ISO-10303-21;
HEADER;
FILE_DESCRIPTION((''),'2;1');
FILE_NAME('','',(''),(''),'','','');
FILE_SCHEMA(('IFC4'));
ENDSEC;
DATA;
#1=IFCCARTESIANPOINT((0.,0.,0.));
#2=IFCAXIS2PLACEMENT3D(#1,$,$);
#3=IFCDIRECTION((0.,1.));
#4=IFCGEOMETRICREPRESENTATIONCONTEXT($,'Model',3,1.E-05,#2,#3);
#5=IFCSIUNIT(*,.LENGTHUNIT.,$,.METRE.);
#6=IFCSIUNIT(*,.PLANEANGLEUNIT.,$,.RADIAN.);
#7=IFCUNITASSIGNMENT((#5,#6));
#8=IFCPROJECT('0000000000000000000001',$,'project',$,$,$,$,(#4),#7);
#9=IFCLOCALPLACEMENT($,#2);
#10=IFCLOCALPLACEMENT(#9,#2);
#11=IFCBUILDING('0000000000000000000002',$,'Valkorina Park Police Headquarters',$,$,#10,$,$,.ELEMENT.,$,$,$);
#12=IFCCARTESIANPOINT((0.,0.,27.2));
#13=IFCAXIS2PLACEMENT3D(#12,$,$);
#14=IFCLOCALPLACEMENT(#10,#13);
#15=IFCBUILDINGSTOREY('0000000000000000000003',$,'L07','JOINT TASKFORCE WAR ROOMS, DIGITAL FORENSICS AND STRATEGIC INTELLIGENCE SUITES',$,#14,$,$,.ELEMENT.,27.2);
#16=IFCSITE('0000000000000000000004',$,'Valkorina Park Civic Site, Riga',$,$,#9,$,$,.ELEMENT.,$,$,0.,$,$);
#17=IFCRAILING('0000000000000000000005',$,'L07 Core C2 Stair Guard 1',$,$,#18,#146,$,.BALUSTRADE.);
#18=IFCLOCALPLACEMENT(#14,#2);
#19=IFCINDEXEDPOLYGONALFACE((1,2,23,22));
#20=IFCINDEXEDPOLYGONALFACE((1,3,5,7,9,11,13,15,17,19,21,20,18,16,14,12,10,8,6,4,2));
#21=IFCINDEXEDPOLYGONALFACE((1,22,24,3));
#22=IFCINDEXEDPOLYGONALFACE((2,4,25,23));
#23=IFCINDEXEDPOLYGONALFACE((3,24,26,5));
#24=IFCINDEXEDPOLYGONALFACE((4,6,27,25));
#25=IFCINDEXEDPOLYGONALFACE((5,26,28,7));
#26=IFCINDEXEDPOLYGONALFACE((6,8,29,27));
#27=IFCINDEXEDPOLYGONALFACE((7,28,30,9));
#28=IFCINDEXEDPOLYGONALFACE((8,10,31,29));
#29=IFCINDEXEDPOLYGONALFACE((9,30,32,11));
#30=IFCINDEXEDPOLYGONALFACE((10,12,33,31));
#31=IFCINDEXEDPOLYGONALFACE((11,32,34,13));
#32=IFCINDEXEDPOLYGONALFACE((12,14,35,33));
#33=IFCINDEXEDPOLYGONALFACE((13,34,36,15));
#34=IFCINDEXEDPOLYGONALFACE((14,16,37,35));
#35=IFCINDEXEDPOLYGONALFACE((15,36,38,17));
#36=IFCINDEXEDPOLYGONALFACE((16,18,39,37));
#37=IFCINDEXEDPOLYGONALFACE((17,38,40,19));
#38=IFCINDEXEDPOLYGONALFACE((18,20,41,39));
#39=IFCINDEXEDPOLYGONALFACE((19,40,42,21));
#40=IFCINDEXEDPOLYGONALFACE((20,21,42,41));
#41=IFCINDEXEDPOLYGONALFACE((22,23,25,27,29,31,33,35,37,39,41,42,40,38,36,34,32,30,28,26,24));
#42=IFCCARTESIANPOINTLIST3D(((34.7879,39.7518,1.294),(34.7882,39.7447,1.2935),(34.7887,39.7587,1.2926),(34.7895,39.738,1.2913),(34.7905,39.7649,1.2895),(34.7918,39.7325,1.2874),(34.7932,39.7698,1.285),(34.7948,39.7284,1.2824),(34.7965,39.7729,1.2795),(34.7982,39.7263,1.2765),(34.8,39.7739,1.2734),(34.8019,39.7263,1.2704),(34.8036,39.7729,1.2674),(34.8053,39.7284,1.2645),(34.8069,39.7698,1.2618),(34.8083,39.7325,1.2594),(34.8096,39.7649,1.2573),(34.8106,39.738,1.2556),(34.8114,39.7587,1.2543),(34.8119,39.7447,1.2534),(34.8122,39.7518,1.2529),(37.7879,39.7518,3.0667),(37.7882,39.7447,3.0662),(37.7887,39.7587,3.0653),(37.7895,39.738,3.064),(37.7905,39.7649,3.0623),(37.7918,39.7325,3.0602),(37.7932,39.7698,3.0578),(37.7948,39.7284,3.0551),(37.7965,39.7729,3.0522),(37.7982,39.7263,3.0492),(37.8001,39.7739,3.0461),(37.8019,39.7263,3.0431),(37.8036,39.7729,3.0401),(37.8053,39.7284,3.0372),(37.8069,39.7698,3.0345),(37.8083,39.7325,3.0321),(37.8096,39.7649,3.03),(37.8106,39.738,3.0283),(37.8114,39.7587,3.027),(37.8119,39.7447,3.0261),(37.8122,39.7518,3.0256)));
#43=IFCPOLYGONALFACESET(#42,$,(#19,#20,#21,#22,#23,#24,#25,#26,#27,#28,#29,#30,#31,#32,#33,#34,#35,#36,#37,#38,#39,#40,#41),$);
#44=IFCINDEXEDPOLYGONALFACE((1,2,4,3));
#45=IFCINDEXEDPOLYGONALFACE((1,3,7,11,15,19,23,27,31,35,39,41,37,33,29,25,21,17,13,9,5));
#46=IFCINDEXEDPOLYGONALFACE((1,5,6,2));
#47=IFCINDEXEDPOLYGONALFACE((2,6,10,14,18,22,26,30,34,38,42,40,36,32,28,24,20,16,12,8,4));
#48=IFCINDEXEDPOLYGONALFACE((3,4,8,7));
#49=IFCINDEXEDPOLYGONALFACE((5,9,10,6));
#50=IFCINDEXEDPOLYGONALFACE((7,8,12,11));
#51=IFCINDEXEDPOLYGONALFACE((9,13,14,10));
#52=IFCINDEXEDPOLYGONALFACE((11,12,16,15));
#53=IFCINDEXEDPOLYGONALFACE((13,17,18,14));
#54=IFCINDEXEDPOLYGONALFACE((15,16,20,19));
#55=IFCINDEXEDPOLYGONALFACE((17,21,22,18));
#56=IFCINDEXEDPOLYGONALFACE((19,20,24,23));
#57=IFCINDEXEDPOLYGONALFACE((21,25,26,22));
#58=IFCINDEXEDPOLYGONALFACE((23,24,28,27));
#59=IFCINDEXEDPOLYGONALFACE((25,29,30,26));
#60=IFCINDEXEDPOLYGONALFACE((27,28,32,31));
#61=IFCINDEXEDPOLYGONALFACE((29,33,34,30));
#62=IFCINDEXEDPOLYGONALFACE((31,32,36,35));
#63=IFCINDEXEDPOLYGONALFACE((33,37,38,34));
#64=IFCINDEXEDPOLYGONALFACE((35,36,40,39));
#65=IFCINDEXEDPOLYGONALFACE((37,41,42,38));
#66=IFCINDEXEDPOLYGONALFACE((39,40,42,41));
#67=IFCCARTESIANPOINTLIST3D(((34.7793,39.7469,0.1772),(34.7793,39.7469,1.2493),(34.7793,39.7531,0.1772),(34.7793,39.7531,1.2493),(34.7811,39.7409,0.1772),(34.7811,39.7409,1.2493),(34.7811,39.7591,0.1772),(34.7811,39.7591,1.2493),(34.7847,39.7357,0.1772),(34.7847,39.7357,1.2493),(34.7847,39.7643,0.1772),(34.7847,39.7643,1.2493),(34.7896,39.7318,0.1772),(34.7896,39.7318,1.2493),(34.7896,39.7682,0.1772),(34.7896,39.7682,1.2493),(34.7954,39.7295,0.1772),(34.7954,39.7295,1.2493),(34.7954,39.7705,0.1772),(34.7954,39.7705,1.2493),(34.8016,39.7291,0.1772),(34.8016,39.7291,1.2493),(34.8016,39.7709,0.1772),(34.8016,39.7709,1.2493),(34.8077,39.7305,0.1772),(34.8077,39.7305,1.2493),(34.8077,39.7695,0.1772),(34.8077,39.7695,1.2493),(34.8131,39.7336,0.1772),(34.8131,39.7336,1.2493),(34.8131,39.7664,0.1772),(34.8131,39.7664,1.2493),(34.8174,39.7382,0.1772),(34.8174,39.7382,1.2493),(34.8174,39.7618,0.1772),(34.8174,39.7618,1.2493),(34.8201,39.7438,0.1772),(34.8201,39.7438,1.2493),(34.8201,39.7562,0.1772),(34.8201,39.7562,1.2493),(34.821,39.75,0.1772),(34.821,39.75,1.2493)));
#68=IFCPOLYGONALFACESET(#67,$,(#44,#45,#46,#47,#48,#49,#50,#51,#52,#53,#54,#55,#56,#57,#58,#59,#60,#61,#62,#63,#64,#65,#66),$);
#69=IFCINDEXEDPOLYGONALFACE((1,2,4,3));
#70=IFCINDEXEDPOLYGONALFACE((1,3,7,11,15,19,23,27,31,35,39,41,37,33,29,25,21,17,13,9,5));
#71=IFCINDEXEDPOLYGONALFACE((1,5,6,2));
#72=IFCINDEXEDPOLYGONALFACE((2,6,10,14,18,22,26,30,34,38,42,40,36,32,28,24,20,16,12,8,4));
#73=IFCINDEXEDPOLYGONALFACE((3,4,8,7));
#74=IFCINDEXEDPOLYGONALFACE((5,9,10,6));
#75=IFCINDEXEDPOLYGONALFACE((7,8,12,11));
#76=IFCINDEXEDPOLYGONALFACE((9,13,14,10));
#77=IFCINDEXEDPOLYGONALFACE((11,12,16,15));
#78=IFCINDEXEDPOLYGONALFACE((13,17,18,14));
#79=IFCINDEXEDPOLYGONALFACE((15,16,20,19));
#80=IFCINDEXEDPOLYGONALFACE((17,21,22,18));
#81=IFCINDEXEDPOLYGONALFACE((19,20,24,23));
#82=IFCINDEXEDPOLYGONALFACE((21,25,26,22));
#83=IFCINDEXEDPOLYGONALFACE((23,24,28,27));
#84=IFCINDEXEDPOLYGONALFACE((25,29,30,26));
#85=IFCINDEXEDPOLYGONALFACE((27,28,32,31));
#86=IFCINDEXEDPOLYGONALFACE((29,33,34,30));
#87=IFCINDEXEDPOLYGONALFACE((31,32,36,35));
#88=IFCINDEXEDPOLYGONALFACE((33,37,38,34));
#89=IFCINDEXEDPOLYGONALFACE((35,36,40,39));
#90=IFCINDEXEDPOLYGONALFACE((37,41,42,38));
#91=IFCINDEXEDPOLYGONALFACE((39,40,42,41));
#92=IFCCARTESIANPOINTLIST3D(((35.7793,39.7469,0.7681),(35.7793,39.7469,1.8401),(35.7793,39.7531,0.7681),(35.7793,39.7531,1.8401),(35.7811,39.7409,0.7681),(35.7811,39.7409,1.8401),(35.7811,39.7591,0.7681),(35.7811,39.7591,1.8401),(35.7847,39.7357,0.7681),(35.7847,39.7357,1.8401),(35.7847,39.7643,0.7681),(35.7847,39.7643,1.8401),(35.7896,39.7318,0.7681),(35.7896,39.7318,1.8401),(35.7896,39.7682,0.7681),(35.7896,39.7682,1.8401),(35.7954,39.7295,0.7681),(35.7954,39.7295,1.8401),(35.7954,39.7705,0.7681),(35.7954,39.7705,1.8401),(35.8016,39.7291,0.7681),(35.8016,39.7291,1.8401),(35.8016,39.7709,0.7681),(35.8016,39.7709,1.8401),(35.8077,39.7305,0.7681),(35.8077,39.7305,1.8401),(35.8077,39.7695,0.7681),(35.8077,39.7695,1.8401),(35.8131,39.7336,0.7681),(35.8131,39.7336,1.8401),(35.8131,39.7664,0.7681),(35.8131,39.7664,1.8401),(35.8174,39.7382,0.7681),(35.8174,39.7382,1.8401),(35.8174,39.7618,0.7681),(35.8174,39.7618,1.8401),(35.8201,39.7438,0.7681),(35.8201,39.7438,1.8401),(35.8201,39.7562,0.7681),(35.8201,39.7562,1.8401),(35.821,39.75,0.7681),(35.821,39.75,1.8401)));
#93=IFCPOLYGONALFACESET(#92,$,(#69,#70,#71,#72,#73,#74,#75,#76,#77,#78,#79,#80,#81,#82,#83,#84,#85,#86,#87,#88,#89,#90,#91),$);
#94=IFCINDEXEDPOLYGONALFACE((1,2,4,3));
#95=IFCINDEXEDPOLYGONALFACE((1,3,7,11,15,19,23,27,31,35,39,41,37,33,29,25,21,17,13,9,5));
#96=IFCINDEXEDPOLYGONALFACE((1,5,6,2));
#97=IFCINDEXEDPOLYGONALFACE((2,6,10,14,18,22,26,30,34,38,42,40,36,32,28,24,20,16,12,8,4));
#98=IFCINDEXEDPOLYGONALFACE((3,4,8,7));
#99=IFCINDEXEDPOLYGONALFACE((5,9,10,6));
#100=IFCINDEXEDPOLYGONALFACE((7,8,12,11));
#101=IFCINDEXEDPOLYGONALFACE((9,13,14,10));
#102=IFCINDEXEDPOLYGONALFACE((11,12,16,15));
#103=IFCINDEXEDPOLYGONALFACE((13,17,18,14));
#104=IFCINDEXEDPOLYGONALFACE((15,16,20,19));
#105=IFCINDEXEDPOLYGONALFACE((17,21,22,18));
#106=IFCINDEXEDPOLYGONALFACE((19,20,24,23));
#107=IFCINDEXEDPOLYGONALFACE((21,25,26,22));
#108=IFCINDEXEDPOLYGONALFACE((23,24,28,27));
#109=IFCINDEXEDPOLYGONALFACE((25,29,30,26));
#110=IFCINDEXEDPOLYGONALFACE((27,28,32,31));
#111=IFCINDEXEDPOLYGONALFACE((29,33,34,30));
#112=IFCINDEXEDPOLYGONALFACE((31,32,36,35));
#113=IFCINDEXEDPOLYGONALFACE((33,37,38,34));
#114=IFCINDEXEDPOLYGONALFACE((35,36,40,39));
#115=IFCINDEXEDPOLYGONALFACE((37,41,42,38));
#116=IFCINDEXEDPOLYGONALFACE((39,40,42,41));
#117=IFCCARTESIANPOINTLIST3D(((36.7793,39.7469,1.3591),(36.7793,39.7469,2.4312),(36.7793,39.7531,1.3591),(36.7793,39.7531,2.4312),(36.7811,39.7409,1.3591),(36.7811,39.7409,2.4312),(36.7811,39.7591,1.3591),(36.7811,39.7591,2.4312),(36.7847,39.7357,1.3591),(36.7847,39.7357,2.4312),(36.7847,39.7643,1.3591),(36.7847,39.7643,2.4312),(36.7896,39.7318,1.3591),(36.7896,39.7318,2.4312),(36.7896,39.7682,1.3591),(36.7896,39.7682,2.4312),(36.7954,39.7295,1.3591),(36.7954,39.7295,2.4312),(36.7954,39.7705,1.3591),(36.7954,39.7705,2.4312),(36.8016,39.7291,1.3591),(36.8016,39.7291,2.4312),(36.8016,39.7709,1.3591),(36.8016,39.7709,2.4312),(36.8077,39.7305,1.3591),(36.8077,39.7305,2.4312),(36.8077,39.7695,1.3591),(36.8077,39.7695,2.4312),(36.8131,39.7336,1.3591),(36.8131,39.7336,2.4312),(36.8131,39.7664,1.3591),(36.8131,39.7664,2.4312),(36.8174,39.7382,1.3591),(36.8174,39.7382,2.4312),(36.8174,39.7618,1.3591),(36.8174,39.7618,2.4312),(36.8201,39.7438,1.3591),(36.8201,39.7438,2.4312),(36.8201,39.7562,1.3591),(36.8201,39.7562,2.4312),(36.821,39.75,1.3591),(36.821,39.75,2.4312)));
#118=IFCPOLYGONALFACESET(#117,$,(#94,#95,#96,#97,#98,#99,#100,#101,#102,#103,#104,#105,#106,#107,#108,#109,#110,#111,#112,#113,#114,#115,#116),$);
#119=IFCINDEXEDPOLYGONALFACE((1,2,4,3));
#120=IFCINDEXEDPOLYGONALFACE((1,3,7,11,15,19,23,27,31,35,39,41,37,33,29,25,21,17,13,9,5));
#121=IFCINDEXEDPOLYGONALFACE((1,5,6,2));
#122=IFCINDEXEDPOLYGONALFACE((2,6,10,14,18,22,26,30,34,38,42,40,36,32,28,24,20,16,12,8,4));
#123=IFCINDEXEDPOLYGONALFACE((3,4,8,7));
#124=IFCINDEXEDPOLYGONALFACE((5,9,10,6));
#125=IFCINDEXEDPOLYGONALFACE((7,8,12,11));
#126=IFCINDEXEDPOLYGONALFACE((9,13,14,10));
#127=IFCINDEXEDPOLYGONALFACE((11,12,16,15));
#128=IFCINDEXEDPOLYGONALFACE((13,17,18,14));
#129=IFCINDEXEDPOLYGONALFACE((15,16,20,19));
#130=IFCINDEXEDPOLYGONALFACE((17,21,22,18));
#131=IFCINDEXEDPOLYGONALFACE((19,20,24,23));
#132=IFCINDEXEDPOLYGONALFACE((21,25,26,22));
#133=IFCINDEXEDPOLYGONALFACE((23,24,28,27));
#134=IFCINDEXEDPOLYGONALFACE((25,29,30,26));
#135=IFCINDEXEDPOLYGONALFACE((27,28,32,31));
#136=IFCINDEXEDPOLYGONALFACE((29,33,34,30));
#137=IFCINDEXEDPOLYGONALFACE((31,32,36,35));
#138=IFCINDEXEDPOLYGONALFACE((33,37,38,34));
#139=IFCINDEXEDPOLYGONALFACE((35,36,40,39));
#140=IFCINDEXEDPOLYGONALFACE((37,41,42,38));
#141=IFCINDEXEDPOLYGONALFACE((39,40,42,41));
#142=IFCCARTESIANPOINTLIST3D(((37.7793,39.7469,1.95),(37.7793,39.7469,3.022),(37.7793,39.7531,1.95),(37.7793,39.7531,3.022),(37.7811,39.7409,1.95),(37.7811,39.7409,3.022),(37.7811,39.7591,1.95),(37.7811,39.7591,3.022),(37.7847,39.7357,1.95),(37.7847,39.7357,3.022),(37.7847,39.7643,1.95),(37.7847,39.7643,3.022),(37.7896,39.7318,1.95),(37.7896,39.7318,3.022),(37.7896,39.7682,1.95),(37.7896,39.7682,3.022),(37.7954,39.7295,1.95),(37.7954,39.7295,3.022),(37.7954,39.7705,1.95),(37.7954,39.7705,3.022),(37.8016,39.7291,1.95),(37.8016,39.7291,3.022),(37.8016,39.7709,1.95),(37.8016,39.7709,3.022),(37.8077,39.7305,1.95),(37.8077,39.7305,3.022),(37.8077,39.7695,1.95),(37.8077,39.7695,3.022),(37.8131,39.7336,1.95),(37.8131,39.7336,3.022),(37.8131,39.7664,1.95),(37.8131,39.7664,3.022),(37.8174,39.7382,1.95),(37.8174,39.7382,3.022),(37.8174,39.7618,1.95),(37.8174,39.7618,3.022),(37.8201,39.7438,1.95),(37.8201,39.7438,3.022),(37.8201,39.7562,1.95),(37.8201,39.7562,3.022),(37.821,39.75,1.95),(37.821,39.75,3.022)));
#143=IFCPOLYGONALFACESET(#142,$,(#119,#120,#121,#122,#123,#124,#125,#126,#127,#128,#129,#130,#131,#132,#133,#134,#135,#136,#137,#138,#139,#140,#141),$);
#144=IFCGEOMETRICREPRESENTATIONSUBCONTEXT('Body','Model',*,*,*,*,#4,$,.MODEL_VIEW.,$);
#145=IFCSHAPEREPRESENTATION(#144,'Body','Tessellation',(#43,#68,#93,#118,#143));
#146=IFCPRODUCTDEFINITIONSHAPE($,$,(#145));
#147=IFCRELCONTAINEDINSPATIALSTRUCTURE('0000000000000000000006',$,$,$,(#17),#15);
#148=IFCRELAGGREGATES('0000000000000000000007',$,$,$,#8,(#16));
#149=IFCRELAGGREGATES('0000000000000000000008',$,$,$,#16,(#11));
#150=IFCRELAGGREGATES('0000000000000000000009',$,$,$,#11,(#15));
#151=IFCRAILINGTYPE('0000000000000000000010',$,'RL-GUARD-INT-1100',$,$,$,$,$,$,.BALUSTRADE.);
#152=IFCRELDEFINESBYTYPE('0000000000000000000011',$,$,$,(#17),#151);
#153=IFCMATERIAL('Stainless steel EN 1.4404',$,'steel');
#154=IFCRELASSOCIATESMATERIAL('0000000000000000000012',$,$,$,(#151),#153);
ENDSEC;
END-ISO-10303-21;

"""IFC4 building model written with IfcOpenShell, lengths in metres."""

from ifc_helpers import new_model, si_unit, direction, frame, origin, origin_2d, place, context, subcontext, project, spatial, circle, extrude, material, type_object, element, save


model = new_model("IFC4")

# Units and contexts
model_context = context("Model", 3, precision=1e-05, world=origin(), true_north=direction((0.0, 1.0)))
body_context = subcontext(model_context, "Body", "Model", "MODEL_VIEW")
ifc_project = project(units=[si_unit("LENGTHUNIT", "METRE"), si_unit("PLANEANGLEUNIT", "RADIAN")], contexts=[model_context])

# Site, building, storey
site_placement = place(None, origin())
site = spatial("IfcSite", under=ifc_project, at=site_placement, Name="Valkorina Park Civic Site, Riga", CompositionType="ELEMENT", RefElevation=0.0)
building_placement = place(site_placement, origin())
building = spatial("IfcBuilding", under=site, at=building_placement, Name="Valkorina Park Police Headquarters", CompositionType="ELEMENT")
storey_placement = place(building_placement, frame((0.0, 0.0, 27.2)))
storey = spatial("IfcBuildingStorey", under=building, at=storey_placement, Name="L07", Description="JOINT TASKFORCE WAR ROOMS, DIGITAL FORENSICS AND STRATEGIC INTELLIGENCE SUITES", CompositionType="ELEMENT", Elevation=27.2)

# Railing
ifc_material_1 = material(Name="Stainless steel EN 1.4404", Category="steel")
railing_type_1 = type_object("IfcRailingType", Name="RL-GUARD-INT-1100", PredefinedType="BALUSTRADE", material=ifc_material_1)
railing_1_placement = place(storey_placement, frame((34.8, 39.75, 0.1772)))
element("IfcRailing", 1, at=railing_1_placement, inside=storey, type_object=railing_type_1, Name="L07 Core C2 Stair Guard 1", PredefinedType="BALUSTRADE", context=body_context, shape_type="SweptSolid", body=[
    extrude(circle(Radius=0.0239, at=origin_2d()), frame((0.0, 0.0, 1.0962), z_axis=(0.860929, 0.0, 0.508725), x_axis=(0.0, 1.0, 0.0)), (0.0, 0.0, 1.0), 3.4846),
    extrude(circle(Radius=0.021, at=origin_2d()), origin(), (0.0, 0.0, 1.0), 1.072),
    extrude(circle(Radius=0.021, at=origin_2d()), frame((1.0, 0.0, 0.5908)), (0.0, 0.0, 1.0), 1.072),
    extrude(circle(Radius=0.021, at=origin_2d()), frame((2.0, 0.0, 1.1819)), (0.0, 0.0, 1.0), 1.072),
    extrude(circle(Radius=0.021, at=origin_2d()), frame((3.0, 0.0, 1.7727)), (0.0, 0.0, 1.0), 1.072),
])

save(model, "model.ifc")
